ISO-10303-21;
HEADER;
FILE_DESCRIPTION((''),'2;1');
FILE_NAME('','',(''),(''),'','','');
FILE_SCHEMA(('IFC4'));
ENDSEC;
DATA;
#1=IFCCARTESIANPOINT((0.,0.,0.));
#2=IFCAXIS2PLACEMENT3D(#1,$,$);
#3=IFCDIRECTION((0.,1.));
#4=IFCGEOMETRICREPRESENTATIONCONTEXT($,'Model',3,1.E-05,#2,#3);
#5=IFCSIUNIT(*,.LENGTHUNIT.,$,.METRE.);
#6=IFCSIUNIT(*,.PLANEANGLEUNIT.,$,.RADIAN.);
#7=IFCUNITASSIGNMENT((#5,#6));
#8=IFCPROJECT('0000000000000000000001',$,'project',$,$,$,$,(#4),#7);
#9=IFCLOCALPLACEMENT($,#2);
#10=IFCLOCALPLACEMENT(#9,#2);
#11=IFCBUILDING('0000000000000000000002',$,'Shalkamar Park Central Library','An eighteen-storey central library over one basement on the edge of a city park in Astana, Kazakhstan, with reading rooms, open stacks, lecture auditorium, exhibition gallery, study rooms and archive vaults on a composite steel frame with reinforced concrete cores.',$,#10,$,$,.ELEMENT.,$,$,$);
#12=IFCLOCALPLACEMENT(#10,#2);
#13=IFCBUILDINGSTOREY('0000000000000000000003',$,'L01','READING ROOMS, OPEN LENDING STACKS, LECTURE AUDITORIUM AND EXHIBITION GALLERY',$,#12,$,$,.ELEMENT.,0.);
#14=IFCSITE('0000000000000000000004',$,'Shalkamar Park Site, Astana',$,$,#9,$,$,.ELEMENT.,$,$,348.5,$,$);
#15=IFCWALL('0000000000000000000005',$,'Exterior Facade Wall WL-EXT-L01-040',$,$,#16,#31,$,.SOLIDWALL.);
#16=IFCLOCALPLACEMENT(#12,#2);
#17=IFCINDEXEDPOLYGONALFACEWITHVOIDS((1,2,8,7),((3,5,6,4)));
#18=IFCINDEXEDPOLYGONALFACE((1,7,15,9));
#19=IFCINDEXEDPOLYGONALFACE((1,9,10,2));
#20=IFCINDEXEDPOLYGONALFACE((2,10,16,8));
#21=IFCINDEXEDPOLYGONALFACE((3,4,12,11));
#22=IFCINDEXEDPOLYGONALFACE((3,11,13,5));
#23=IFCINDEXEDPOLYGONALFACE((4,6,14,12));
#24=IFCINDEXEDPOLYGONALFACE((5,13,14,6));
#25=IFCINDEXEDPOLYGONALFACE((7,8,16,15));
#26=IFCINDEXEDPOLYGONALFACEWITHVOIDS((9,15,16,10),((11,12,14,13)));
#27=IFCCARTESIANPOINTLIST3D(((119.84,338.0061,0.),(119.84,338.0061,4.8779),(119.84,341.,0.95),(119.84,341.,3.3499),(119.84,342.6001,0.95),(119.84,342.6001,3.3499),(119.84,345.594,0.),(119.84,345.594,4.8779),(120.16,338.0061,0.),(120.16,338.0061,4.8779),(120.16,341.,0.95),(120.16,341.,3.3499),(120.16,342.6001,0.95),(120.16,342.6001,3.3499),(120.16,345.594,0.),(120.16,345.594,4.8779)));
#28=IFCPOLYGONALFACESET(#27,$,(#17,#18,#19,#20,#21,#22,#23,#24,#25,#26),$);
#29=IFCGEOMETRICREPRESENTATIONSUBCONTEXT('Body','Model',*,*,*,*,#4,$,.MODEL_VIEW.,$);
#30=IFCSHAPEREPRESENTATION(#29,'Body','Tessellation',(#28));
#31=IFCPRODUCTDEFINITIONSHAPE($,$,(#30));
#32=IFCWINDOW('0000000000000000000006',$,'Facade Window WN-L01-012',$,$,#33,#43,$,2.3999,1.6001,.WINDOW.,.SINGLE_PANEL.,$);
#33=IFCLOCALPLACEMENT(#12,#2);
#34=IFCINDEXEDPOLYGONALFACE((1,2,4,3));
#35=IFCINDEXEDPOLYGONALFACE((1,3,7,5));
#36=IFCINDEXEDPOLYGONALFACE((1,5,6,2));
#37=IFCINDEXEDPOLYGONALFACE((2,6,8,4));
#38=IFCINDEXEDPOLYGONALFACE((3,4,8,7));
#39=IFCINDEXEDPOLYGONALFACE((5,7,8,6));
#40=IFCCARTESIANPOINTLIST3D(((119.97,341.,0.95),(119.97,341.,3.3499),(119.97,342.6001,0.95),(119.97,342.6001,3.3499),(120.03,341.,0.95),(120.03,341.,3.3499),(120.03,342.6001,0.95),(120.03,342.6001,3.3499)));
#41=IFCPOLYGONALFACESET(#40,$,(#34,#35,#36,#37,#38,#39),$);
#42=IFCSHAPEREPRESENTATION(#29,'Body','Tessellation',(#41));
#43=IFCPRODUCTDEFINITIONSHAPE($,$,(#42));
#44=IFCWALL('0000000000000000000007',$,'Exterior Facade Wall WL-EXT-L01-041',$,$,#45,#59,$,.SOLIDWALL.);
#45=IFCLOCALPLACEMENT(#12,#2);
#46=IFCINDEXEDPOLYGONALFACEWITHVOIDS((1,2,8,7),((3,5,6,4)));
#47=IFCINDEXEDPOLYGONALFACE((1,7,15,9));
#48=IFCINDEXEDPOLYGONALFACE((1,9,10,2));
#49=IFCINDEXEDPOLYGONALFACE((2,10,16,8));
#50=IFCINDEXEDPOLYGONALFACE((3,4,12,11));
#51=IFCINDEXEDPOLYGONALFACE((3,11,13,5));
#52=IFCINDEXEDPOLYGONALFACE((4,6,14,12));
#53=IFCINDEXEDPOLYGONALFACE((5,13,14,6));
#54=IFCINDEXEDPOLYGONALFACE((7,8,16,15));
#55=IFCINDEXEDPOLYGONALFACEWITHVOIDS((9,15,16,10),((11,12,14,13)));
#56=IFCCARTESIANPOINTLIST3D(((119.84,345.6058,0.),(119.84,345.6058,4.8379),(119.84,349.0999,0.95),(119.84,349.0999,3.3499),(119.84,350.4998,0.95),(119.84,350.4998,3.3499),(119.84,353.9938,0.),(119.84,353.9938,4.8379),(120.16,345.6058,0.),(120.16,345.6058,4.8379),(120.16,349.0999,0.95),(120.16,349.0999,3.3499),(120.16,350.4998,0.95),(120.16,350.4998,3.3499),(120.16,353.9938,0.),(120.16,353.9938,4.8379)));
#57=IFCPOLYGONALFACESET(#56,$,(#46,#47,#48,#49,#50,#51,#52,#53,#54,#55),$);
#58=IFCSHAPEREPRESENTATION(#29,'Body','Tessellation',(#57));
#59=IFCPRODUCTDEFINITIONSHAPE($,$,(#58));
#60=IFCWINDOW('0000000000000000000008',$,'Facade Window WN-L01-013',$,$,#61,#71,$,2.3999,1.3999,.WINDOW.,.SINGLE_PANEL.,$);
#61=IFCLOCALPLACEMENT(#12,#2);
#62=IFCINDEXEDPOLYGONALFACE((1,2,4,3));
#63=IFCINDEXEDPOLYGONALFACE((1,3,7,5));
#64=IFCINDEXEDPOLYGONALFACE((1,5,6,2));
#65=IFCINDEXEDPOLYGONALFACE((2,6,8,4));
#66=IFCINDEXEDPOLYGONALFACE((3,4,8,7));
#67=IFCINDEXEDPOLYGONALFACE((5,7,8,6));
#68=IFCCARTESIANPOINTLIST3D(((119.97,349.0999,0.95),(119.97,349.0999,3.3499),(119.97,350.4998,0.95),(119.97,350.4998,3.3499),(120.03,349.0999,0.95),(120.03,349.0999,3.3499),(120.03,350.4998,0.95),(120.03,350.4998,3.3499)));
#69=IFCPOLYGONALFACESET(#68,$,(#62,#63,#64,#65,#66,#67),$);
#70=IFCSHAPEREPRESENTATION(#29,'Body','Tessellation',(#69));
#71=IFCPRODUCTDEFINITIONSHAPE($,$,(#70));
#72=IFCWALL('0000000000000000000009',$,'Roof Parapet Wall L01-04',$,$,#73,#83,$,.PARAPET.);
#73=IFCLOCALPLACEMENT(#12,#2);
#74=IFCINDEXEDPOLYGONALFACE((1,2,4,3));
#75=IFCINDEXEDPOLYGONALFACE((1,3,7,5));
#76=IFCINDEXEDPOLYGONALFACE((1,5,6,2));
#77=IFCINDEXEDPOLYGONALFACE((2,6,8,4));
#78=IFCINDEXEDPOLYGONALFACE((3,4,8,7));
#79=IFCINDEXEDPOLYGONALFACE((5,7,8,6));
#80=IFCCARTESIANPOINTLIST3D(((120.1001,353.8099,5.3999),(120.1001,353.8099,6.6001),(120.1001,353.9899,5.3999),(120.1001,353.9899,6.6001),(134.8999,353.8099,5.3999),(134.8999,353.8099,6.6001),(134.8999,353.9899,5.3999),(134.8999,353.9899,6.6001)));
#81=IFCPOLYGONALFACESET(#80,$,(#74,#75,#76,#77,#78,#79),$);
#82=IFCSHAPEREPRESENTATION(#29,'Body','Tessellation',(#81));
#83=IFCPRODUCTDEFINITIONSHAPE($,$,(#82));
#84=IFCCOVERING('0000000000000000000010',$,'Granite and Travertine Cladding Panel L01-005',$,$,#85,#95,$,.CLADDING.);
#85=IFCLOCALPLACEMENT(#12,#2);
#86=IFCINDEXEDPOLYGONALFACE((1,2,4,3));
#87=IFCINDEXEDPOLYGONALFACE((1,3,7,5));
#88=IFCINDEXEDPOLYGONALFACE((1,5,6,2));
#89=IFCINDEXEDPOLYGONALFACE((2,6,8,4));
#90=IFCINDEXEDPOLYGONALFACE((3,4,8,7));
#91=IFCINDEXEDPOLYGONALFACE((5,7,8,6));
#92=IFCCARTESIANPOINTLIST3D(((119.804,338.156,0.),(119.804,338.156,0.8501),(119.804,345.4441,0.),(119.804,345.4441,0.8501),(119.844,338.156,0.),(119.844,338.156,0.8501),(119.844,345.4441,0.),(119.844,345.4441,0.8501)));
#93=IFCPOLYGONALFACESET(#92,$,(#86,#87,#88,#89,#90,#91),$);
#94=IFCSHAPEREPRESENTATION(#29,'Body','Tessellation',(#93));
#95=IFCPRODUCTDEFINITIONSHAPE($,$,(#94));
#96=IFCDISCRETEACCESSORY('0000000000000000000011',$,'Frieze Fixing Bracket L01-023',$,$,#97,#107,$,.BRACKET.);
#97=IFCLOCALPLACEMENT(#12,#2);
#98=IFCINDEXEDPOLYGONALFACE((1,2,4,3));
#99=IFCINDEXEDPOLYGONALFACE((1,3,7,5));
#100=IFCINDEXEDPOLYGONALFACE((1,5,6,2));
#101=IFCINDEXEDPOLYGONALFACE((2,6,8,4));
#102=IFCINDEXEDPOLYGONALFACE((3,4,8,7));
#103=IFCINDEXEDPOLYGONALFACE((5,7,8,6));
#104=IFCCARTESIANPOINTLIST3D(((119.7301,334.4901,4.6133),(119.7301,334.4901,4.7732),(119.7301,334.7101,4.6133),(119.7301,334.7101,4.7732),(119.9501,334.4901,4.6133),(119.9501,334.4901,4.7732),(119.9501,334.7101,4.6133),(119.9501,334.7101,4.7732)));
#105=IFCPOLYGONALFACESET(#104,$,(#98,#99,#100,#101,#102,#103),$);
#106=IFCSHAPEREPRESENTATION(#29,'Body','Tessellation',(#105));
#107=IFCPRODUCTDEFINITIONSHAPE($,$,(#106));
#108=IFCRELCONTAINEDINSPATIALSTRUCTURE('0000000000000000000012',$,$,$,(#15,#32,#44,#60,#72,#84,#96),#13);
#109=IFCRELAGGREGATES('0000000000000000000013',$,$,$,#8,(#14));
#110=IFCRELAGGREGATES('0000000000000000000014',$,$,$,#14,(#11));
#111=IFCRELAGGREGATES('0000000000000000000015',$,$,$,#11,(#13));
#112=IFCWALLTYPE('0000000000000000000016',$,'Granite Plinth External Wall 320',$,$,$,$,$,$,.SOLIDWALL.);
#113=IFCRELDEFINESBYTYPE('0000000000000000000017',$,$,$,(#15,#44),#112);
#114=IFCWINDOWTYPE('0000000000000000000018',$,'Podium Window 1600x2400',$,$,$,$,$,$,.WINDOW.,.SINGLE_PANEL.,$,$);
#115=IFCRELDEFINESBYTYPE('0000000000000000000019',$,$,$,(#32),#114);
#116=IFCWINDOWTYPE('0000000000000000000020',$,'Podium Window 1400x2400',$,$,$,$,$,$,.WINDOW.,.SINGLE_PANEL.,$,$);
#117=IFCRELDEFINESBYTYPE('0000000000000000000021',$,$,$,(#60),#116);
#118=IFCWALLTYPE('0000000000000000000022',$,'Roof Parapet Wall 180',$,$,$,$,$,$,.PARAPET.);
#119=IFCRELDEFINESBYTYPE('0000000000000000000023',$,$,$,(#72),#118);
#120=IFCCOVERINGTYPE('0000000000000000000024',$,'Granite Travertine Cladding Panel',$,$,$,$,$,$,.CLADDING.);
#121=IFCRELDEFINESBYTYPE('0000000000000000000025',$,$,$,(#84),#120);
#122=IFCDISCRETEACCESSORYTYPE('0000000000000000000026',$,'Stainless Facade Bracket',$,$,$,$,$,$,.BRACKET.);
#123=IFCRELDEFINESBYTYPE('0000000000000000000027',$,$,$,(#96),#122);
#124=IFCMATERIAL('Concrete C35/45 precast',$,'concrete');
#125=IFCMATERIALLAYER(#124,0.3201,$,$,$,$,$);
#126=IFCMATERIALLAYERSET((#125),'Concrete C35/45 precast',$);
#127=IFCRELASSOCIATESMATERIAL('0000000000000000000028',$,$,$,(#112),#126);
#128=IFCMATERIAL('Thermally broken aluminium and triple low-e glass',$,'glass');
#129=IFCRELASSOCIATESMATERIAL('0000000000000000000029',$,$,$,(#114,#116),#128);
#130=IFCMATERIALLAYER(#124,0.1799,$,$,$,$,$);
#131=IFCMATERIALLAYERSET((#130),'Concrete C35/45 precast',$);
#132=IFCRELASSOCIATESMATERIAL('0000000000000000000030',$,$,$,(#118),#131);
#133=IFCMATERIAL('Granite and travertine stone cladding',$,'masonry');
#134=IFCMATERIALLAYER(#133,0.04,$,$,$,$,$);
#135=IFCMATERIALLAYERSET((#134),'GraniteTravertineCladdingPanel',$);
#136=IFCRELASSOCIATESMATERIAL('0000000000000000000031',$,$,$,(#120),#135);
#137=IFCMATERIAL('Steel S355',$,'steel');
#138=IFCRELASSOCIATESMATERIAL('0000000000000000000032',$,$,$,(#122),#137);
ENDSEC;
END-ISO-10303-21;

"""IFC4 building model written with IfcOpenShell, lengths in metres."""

from ifc_helpers import new_model, si_unit, direction, frame, frame_2d, origin, origin_2d, place, context, subcontext, project, spatial, rectangle, extrude, material, layer, layer_set, type_object, element, fill, save


model = new_model("IFC4")

# Units and contexts
model_context = context("Model", 3, precision=1e-05, world=origin(), true_north=direction((0.0, 1.0)))
body_context = subcontext(model_context, "Body", "Model", "MODEL_VIEW")
ifc_project = project(units=[si_unit("LENGTHUNIT", "METRE"), si_unit("PLANEANGLEUNIT", "RADIAN")], contexts=[model_context])

# Site, building, storey
site_placement = place(None, origin())
site = spatial("IfcSite", under=ifc_project, at=site_placement, Name="Shalkamar Park Site, Astana", CompositionType="ELEMENT", RefElevation=348.5)
building_placement = place(site_placement, origin())
building = spatial("IfcBuilding", under=site, at=building_placement, Name="Shalkamar Park Central Library", Description="An eighteen-storey central library over one basement on the edge of a city park in Astana, Kazakhstan, with reading rooms, open stacks, lecture auditorium, exhibition gallery, study rooms and archive vaults on a composite steel frame with reinforced concrete cores.", CompositionType="ELEMENT")
storey_placement = place(building_placement, origin())
storey = spatial("IfcBuildingStorey", under=building, at=storey_placement, Name="L01", Description="READING ROOMS, OPEN LENDING STACKS, LECTURE AUDITORIUM AND EXHIBITION GALLERY", CompositionType="ELEMENT", Elevation=0.0)

# Shared definitions
ifc_material_1 = material(Name="Steel S355", Category="steel")

# Walls, openings, windows
ifc_material_2 = material(Name="Concrete C35/45 precast", Category="concrete")
ifc_layer_1 = layer(ifc_material_2, 0.3201)
ifc_layer_set_1 = layer_set([ifc_layer_1], Name="Concrete C35/45 precast")
wall_type_1 = type_object("IfcWallType", Name="Granite Plinth External Wall 320", PredefinedType="SOLIDWALL", material=ifc_layer_set_1)
ifc_material_3 = material(Name="Thermally broken aluminium and triple low-e glass", Category="glass")
wall_1_placement = place(storey_placement, frame((120.0, 338.0061, 0.0), z_axis=(0.0, 0.0, 1.0), x_axis=(0.0, 1.0, 0.0)))
wall_1 = element("IfcWall", 1, at=wall_1_placement, inside=storey, type_object=wall_type_1, Name="Exterior Facade Wall WL-EXT-L01-040", PredefinedType="SOLIDWALL", context=body_context, shape_type="SweptSolid", body=[
    extrude(rectangle(XDim=7.5879, YDim=0.3201, at=frame_2d((3.7939, 0.0))), origin(), (0.0, 0.0, 1.0), 4.8779),
])
opening_1_placement = place(wall_1_placement, frame((2.9939, 0.0, 0.95)))
opening_1 = element("IfcOpeningElement", 2, at=opening_1_placement, cuts=wall_1, PredefinedType="OPENING", context=body_context, shape_type="SweptSolid", body=[
    extrude(rectangle(XDim=1.6001, YDim=2.3999, at=frame_2d((0.8, 1.2))), frame((0.0, 0.1748, 0.0), z_axis=(0.0, -1.0, 0.0), x_axis=(1.0, 0.0, 0.0)), (0.0, 0.0, 1.0), 0.3499),
])
window_type_1 = type_object("IfcWindowType", Name="Podium Window 1600x2400", PartitioningType="SINGLE_PANEL", PredefinedType="WINDOW", material=ifc_material_3)
window_1_placement = place(opening_1_placement, origin())
window_1 = element("IfcWindow", 3, at=window_1_placement, inside=storey, type_object=window_type_1, Name="Facade Window WN-L01-012", OverallHeight=2.3999, OverallWidth=1.6001, PartitioningType="SINGLE_PANEL", PredefinedType="WINDOW", context=body_context, shape_type="SweptSolid", body=[
    extrude(rectangle(XDim=1.6001, YDim=2.3999, at=frame_2d((0.8, 1.2))), frame((0.0, 0.03, 0.0), z_axis=(0.0, -1.0, 0.0), x_axis=(1.0, 0.0, 0.0)), (0.0, 0.0, 1.0), 0.0601),
])
fill(opening_1, window_1)
wall_2_placement = place(storey_placement, frame((120.0, 345.606, 0.0), z_axis=(0.0, 0.0, 1.0), x_axis=(0.0, 1.0, 0.0)))
wall_2 = element("IfcWall", 4, at=wall_2_placement, inside=storey, type_object=wall_type_1, Name="Exterior Facade Wall WL-EXT-L01-041", PredefinedType="SOLIDWALL", context=body_context, shape_type="SweptSolid", body=[
    extrude(rectangle(XDim=8.3879, YDim=0.3201, at=frame_2d((4.1938, 0.0))), origin(), (0.0, 0.0, 1.0), 4.8379),
])
opening_2_placement = place(wall_2_placement, frame((3.4939, 0.0, 0.95)))
opening_2 = element("IfcOpeningElement", 5, at=opening_2_placement, cuts=wall_2, PredefinedType="OPENING", context=body_context, shape_type="SweptSolid", body=[
    extrude(rectangle(XDim=1.3999, YDim=2.3999, at=frame_2d((0.7, 1.2))), frame((0.0, 0.1748, 0.0), z_axis=(0.0, -1.0, 0.0), x_axis=(1.0, 0.0, 0.0)), (0.0, 0.0, 1.0), 0.3499),
])
window_type_2 = type_object("IfcWindowType", Name="Podium Window 1400x2400", PartitioningType="SINGLE_PANEL", PredefinedType="WINDOW", material=ifc_material_3)
window_2_placement = place(opening_2_placement, origin())
window_2 = element("IfcWindow", 6, at=window_2_placement, inside=storey, type_object=window_type_2, Name="Facade Window WN-L01-013", OverallHeight=2.3999, OverallWidth=1.3999, PartitioningType="SINGLE_PANEL", PredefinedType="WINDOW", context=body_context, shape_type="SweptSolid", body=[
    extrude(rectangle(XDim=1.3999, YDim=2.3999, at=frame_2d((0.7, 1.2))), frame((0.0, 0.03, 0.0), z_axis=(0.0, -1.0, 0.0), x_axis=(1.0, 0.0, 0.0)), (0.0, 0.0, 1.0), 0.0601),
])
fill(opening_2, window_2)

# Wall
ifc_layer_2 = layer(ifc_material_2, 0.1799)
ifc_layer_set_2 = layer_set([ifc_layer_2], Name="Concrete C35/45 precast")
wall_type_2 = type_object("IfcWallType", Name="Roof Parapet Wall 180", PredefinedType="PARAPET", material=ifc_layer_set_2)
wall_3_placement = place(storey_placement, frame((120.1001, 353.8999, 5.3999), z_axis=(0.0, 0.0, 1.0), x_axis=(1.0, 0.0, 0.0)))
element("IfcWall", 7, at=wall_3_placement, inside=storey, type_object=wall_type_2, Name="Roof Parapet Wall L01-04", PredefinedType="PARAPET", context=body_context, shape_type="SweptSolid", body=[
    extrude(rectangle(XDim=14.7998, YDim=0.1799, at=frame_2d((7.3999, 0.0))), origin(), (0.0, 0.0, 1.0), 1.2002),
])

# Covering
ifc_material_4 = material(Name="Granite and travertine stone cladding", Category="masonry")
ifc_layer_3 = layer(ifc_material_4, 0.04)
ifc_layer_set_3 = layer_set([ifc_layer_3], Name="GraniteTravertineCladdingPanel")
covering_type = type_object("IfcCoveringType", Name="Granite Travertine Cladding Panel", PredefinedType="CLADDING", material=ifc_layer_set_3)
covering_placement = place(storey_placement, frame((119.824, 341.8, 0.0), z_axis=(0.0, 0.0, 1.0), x_axis=(1.0, 0.0, 0.0)))
element("IfcCovering", 8, at=covering_placement, inside=storey, type_object=covering_type, Name="Granite and Travertine Cladding Panel L01-005", PredefinedType="CLADDING", context=body_context, shape_type="SweptSolid", body=[
    extrude(rectangle(XDim=0.04, YDim=7.2881, at=origin_2d()), origin(), (0.0, 0.0, 1.0), 0.8501),
])

# Discrete accessory
discrete_accessory_type = type_object("IfcDiscreteAccessoryType", Name="Stainless Facade Bracket", PredefinedType="BRACKET", material=ifc_material_1)
discrete_accessory_placement = place(storey_placement, frame((119.8401, 334.6001, 4.6133), z_axis=(0.0, 0.0, 1.0), x_axis=(1.0, 0.0, 0.0)))
element("IfcDiscreteAccessory", 9, at=discrete_accessory_placement, inside=storey, type_object=discrete_accessory_type, Name="Frieze Fixing Bracket L01-023", PredefinedType="BRACKET", context=body_context, shape_type="SweptSolid", body=[
    extrude(rectangle(XDim=0.22, YDim=0.22, at=origin_2d()), origin(), (0.0, 0.0, 1.0), 0.1599),
])

save(model, "model.ifc")
